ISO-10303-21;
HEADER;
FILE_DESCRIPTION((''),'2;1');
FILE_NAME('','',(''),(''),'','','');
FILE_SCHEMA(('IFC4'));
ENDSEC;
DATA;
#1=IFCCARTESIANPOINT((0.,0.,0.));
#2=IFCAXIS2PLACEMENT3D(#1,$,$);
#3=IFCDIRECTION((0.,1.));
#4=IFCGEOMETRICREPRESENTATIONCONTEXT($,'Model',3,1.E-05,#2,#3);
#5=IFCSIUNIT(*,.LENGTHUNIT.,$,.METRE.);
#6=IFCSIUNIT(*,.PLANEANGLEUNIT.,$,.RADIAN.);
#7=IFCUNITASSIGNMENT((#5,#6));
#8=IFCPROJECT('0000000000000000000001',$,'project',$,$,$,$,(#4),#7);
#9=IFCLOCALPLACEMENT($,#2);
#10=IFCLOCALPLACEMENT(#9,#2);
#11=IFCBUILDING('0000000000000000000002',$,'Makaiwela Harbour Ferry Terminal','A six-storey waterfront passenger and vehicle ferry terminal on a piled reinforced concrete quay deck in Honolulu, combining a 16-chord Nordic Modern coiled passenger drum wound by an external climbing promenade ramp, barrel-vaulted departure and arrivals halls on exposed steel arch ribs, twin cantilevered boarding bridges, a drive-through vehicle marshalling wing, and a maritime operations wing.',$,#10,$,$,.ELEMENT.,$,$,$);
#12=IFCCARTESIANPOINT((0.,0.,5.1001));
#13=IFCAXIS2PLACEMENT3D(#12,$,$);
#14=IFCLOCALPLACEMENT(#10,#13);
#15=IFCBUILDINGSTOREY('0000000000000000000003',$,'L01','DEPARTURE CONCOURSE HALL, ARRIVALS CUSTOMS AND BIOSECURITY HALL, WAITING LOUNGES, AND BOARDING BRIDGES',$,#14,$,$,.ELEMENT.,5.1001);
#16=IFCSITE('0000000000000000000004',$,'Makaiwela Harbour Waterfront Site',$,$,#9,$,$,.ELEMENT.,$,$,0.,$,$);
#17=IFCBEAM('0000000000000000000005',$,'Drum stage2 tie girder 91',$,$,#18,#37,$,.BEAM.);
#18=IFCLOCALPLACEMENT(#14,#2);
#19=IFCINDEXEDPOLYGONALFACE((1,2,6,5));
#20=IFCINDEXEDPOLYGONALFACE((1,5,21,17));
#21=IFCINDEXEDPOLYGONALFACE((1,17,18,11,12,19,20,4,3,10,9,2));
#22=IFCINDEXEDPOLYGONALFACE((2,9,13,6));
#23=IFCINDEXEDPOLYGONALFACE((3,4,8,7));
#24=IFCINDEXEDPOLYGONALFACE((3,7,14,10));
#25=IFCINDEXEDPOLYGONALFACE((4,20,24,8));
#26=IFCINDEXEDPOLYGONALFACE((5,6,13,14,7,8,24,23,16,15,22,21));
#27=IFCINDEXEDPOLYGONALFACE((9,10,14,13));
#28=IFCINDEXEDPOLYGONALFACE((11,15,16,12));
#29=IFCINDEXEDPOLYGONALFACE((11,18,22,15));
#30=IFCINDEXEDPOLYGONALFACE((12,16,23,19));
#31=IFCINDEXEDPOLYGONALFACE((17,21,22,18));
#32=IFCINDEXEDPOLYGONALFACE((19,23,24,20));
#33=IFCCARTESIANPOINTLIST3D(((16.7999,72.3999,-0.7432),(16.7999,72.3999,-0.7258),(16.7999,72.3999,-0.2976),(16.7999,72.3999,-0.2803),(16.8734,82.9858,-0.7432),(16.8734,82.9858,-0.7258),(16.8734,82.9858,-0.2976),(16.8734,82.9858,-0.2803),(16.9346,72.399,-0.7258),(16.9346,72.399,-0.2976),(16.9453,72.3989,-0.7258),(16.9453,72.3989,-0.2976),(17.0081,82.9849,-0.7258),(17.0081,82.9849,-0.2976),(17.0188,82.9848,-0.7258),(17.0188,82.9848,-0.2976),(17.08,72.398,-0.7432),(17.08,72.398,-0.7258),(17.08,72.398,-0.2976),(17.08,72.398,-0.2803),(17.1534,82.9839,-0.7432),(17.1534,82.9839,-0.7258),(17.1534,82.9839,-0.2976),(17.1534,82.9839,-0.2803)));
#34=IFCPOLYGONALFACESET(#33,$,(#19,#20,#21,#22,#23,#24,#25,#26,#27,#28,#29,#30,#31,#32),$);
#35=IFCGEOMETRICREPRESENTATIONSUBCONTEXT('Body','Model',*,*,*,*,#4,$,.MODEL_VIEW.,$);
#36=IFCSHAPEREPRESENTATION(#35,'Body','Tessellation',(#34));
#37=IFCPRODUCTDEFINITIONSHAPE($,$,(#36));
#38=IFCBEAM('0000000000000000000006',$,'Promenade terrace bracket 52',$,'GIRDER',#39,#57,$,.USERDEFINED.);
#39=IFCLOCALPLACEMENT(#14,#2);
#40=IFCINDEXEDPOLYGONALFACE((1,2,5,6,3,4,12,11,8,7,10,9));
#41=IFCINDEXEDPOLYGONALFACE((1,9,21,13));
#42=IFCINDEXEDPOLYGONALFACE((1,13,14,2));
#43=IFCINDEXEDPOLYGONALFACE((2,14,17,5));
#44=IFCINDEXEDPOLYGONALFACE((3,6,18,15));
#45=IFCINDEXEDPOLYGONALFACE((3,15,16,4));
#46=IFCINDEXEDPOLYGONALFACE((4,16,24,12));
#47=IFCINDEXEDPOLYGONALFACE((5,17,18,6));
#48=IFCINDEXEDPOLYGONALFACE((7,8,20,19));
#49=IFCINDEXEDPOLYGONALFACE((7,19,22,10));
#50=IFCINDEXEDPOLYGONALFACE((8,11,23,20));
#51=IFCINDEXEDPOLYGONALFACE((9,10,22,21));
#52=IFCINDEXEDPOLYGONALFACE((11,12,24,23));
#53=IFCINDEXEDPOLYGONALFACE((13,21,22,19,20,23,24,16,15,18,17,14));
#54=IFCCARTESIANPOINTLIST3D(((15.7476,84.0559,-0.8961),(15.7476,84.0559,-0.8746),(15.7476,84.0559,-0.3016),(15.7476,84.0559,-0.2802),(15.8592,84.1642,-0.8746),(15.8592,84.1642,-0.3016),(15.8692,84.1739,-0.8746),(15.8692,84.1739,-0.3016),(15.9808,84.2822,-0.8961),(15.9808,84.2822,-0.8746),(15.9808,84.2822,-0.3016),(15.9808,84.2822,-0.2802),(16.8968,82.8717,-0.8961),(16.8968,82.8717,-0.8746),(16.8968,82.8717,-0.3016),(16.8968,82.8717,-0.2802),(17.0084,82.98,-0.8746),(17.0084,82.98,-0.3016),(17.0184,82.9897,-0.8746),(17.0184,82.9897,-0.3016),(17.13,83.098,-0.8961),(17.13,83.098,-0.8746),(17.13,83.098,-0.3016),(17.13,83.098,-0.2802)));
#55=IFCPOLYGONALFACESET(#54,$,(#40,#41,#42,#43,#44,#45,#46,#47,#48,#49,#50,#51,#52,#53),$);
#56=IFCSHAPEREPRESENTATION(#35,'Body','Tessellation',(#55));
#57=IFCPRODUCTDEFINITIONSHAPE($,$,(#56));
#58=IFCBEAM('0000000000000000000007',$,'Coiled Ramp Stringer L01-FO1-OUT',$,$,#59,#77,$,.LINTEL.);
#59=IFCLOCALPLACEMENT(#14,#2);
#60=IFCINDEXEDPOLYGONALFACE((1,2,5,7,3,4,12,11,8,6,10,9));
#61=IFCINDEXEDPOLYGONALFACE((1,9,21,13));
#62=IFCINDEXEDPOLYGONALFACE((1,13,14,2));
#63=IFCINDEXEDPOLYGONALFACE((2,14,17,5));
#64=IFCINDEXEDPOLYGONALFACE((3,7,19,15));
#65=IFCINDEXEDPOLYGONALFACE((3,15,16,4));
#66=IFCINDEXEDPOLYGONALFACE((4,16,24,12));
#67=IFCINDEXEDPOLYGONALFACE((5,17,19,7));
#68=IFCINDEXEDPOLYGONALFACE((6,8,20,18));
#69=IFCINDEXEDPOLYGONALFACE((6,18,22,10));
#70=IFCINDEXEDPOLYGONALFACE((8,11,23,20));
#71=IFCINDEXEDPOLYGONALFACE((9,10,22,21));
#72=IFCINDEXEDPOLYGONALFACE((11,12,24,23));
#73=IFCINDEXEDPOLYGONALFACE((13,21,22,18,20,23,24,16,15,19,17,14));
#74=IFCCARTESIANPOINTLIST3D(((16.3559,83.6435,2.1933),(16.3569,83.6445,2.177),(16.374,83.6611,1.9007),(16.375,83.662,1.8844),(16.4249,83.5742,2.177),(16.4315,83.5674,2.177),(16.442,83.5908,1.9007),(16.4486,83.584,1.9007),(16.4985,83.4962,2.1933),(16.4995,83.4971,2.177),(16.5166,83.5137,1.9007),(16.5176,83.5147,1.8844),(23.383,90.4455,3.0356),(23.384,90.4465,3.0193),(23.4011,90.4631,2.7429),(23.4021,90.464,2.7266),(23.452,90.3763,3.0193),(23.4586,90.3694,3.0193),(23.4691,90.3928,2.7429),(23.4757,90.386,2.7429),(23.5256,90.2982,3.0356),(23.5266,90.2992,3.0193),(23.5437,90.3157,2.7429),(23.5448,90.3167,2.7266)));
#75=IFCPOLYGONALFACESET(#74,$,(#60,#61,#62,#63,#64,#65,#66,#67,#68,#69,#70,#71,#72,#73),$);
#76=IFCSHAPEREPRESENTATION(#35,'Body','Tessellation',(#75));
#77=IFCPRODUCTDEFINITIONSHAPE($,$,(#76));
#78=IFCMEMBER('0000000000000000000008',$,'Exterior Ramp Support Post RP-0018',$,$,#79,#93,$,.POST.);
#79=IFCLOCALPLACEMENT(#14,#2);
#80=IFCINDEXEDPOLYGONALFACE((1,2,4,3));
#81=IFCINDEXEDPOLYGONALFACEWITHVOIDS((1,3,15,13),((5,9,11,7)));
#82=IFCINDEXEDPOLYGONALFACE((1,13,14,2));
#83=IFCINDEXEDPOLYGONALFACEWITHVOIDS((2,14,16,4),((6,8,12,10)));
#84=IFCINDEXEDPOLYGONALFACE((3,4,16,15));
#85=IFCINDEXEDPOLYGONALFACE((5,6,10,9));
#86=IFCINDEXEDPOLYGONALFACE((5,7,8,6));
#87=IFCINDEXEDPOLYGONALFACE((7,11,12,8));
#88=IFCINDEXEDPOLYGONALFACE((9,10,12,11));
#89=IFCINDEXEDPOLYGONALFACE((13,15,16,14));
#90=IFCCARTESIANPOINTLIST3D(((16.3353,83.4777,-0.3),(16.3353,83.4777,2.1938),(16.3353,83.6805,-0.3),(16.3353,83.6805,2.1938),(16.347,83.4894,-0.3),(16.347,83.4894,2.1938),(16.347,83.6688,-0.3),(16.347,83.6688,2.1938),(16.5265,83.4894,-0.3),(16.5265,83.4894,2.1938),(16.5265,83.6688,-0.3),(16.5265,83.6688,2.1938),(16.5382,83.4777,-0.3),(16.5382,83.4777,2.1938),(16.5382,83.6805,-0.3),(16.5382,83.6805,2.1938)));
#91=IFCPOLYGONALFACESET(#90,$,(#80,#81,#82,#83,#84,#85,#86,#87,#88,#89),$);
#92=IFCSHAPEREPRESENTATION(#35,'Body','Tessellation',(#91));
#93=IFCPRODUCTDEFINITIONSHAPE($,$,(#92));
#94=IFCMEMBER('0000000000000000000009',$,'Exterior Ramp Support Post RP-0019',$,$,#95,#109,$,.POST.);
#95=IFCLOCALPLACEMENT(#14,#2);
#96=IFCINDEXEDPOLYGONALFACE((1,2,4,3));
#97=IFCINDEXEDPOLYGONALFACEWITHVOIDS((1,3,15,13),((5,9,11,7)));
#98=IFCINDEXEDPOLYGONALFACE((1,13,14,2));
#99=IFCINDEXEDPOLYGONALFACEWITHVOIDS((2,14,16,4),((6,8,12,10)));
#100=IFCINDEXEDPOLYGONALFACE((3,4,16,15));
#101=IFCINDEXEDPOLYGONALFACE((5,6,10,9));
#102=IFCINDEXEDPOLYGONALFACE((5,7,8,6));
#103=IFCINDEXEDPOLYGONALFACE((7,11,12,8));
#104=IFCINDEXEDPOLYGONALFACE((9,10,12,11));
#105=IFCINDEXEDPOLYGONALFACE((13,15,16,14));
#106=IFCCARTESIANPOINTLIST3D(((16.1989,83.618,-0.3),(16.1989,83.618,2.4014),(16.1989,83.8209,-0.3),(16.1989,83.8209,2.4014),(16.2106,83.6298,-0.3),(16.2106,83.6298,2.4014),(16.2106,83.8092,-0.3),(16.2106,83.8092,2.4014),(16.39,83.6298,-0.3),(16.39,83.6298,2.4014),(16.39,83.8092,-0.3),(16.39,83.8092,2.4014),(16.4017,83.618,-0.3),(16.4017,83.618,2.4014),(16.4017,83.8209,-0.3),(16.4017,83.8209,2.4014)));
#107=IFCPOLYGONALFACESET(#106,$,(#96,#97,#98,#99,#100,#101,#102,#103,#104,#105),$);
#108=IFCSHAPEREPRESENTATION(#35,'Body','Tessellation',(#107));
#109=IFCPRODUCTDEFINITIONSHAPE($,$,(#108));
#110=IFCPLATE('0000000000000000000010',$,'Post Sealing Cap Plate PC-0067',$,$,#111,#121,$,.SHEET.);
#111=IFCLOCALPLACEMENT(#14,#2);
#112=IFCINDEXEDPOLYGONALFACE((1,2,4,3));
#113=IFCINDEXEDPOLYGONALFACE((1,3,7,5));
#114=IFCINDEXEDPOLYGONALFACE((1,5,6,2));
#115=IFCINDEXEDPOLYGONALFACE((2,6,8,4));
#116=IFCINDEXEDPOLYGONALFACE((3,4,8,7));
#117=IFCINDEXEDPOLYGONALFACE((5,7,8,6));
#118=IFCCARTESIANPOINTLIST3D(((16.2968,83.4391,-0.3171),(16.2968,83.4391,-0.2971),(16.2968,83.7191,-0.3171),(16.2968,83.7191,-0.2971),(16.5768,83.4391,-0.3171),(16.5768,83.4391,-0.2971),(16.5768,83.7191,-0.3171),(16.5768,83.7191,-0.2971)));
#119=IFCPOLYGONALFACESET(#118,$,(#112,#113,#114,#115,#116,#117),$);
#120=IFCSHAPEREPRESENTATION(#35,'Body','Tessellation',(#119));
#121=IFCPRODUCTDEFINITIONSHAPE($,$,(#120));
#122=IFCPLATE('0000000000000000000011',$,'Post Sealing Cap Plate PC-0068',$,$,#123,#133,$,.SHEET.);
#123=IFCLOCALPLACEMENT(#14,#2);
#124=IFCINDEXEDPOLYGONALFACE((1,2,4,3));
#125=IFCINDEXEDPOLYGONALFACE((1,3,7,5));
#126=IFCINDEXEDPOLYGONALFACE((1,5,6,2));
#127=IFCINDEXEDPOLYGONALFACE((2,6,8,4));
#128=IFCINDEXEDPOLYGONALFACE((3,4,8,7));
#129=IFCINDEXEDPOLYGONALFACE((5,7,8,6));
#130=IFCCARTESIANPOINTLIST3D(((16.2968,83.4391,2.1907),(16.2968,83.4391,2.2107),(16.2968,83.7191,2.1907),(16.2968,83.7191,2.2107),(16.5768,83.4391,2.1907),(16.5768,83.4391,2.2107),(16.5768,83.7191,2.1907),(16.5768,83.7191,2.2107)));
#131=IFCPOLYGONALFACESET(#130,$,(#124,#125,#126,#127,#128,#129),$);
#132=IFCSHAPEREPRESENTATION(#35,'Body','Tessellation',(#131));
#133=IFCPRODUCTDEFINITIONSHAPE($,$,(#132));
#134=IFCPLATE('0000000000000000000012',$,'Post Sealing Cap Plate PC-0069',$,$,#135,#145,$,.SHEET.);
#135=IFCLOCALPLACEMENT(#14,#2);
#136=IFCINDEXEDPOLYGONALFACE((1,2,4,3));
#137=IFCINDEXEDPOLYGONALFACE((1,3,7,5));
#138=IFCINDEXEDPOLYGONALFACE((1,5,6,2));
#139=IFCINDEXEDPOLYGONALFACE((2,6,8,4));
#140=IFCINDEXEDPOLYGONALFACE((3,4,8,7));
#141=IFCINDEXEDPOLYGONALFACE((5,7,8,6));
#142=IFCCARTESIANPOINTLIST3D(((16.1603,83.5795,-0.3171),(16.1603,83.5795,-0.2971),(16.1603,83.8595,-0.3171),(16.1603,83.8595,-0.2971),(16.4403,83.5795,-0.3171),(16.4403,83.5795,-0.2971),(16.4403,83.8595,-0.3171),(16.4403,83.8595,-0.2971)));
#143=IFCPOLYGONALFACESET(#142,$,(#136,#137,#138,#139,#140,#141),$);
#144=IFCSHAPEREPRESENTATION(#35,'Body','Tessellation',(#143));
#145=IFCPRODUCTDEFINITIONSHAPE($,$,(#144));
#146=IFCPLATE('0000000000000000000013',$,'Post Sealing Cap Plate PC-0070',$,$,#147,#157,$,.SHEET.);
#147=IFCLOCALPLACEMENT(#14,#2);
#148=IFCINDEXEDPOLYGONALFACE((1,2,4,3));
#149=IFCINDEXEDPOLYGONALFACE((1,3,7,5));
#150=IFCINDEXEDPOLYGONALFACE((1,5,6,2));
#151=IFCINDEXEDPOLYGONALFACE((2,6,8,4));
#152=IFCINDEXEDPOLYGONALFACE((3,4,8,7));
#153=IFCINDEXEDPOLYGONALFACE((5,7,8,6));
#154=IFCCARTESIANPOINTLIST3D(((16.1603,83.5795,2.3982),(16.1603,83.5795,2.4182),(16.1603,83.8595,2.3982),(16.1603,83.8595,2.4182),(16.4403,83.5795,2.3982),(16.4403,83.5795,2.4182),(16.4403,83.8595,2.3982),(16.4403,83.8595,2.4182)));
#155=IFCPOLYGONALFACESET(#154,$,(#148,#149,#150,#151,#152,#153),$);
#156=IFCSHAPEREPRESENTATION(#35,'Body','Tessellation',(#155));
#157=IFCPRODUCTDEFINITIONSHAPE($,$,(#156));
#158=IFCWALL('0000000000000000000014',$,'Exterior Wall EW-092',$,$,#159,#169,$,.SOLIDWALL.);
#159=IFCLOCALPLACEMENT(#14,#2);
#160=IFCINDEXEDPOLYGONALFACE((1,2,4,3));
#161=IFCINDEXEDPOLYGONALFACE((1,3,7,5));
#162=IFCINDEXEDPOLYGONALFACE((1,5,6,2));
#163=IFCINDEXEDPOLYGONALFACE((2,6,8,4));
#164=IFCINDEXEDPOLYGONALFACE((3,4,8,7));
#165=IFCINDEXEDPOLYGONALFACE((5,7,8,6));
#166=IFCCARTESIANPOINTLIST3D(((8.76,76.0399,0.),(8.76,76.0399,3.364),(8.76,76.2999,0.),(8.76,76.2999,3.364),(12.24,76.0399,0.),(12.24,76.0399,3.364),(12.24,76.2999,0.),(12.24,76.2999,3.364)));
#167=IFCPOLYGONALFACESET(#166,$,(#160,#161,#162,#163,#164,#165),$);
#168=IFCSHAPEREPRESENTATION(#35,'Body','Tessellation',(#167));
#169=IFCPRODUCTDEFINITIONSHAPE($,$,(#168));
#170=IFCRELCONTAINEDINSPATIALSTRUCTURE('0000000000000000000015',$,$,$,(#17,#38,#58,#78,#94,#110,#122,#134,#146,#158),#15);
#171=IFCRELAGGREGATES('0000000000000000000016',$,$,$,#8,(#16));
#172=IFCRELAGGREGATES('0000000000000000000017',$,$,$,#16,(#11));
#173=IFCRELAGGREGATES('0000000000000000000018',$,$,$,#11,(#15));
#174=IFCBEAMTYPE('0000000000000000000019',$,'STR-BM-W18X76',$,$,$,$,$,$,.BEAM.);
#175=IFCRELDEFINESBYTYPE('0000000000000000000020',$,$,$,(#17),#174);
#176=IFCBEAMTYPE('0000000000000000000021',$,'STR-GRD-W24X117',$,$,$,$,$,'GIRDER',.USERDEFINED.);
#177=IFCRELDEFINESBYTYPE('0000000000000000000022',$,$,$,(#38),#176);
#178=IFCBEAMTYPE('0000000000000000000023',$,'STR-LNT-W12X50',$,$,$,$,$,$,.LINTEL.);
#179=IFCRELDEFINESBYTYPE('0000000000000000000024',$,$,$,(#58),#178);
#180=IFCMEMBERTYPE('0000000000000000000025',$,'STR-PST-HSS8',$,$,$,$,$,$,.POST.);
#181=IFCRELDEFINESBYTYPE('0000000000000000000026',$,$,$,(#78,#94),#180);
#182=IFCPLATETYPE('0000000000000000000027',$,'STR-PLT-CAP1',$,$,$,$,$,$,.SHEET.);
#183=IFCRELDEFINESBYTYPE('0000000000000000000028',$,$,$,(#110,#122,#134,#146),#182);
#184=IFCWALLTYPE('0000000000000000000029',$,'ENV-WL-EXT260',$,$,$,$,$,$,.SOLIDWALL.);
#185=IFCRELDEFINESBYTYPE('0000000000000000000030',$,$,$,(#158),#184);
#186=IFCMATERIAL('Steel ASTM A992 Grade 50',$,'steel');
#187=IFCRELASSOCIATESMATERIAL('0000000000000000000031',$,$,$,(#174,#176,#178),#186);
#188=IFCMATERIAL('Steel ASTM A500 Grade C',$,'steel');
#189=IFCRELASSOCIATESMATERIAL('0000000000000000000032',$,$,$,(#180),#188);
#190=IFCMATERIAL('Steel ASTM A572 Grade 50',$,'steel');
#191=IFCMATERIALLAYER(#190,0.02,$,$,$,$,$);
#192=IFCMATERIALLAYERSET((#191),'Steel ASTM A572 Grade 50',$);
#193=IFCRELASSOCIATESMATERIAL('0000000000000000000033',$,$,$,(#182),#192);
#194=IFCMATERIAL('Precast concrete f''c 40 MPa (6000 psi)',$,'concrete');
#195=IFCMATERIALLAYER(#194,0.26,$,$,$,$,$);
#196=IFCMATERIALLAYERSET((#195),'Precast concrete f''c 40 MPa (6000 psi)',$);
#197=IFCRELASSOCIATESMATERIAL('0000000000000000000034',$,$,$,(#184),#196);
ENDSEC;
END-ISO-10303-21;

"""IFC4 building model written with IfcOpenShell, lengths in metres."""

from ifc_helpers import new_model, si_unit, direction, frame, frame_2d, origin, origin_2d, place, context, subcontext, project, spatial, rectangle, hollow_rectangle, i_section, extrude, material, layer, layer_set, material_profile, profile_set, type_object, element, save


model = new_model("IFC4")

# Units and contexts
model_context = context("Model", 3, precision=1e-05, world=origin(), true_north=direction((0.0, 1.0)))
body_context = subcontext(model_context, "Body", "Model", "MODEL_VIEW")
ifc_project = project(units=[si_unit("LENGTHUNIT", "METRE"), si_unit("PLANEANGLEUNIT", "RADIAN")], contexts=[model_context])

# Site, building, storey
site_placement = place(None, origin())
site = spatial("IfcSite", under=ifc_project, at=site_placement, Name="Makaiwela Harbour Waterfront Site", CompositionType="ELEMENT", RefElevation=0.0)
building_placement = place(site_placement, origin())
building = spatial("IfcBuilding", under=site, at=building_placement, Name="Makaiwela Harbour Ferry Terminal", Description="A six-storey waterfront passenger and vehicle ferry terminal on a piled reinforced concrete quay deck in Honolulu, combining a 16-chord Nordic Modern coiled passenger drum wound by an external climbing promenade ramp, barrel-vaulted departure and arrivals halls on exposed steel arch ribs, twin cantilevered boarding bridges, a drive-through vehicle marshalling wing, and a maritime operations wing.", CompositionType="ELEMENT")
storey_placement = place(building_placement, frame((0.0, 0.0, 5.1001)))
storey = spatial("IfcBuildingStorey", under=building, at=storey_placement, Name="L01", Description="DEPARTURE CONCOURSE HALL, ARRIVALS CUSTOMS AND BIOSECURITY HALL, WAITING LOUNGES, AND BOARDING BRIDGES", CompositionType="ELEMENT", Elevation=5.1001)

# Beams
ifc_material_1 = material(Name="Steel ASTM A992 Grade 50", Category="steel")
ifc_material_profile_1 = material_profile(ifc_material_1, i_section(OverallWidth=0.28, OverallDepth=0.4629, WebThickness=0.0107, FlangeThickness=0.0173, at=origin_2d()), Name="W18X76")
ifc_profile_set_1 = profile_set([ifc_material_profile_1], Name="Steel ASTM A992 Grade 50")
beam_type_1 = type_object("IfcBeamType", Name="STR-BM-W18X76", PredefinedType="BEAM", material=ifc_profile_set_1)
beam_1_placement = place(storey_placement, frame((17.0134, 82.9849, -0.5117), z_axis=(-0.006942, -0.999976, 0.0), x_axis=(0.999976, -0.006942, 0.0)))
element("IfcBeam", 1, at=beam_1_placement, inside=storey, type_object=beam_type_1, Name="Drum stage2 tie girder 91", PredefinedType="BEAM", context=body_context, shape_type="SweptSolid", body=[
    extrude(i_section(OverallWidth=0.28, OverallDepth=0.4629, WebThickness=0.0107, FlangeThickness=0.0173, at=origin_2d()), origin(), (0.0, 0.0, 1.0), 10.5862),
])
ifc_material_profile_2 = material_profile(ifc_material_1, i_section(OverallWidth=0.325, OverallDepth=0.616, WebThickness=0.0139, FlangeThickness=0.0215, at=origin_2d()), Name="W24X117")
ifc_profile_set_2 = profile_set([ifc_material_profile_2], Name="Steel ASTM A992 Grade 50")
beam_type_2 = type_object("IfcBeamType", Name="STR-GRD-W24X117", ElementType="GIRDER", PredefinedType="USERDEFINED", material=ifc_profile_set_2)
beam_2_placement = place(storey_placement, frame((17.0134, 82.9849, -0.5881), z_axis=(-0.696448, 0.717607, 0.0), x_axis=(-0.717607, -0.696448, 0.0)))
element("IfcBeam", 2, at=beam_2_placement, inside=storey, type_object=beam_type_2, Name="Promenade terrace bracket 52", ObjectType="GIRDER", PredefinedType="USERDEFINED", context=body_context, shape_type="SweptSolid", body=[
    extrude(i_section(OverallWidth=0.325, OverallDepth=0.616, WebThickness=0.0139, FlangeThickness=0.0215, at=origin_2d()), origin(), (0.0, 0.0, 1.0), 1.6501),
])
ifc_material_profile_3 = material_profile(ifc_material_1, i_section(OverallWidth=0.2051, OverallDepth=0.3101, WebThickness=0.0095, FlangeThickness=0.0164, at=origin_2d()), Name="W12X50")
ifc_profile_set_3 = profile_set([ifc_material_profile_3], Name="Steel ASTM A992 Grade 50")
beam_type_3 = type_object("IfcBeamType", Name="STR-LNT-W12X50", PredefinedType="LINTEL", material=ifc_profile_set_3)
beam_3_placement = place(storey_placement, frame((16.4368, 83.5791, 2.0388), z_axis=(0.715871, 0.69294, 0.085806), x_axis=(-0.695505, 0.718521, 0.0)))
element("IfcBeam", 3, at=beam_3_placement, inside=storey, type_object=beam_type_3, Name="Coiled Ramp Stringer L01-FO1-OUT", PredefinedType="LINTEL", context=body_context, shape_type="SweptSolid", body=[
    extrude(i_section(OverallWidth=0.2051, OverallDepth=0.3101, WebThickness=0.0095, FlangeThickness=0.0164, at=origin_2d()), origin(), (0.0, 0.0, 1.0), 9.8162),
])

# Members
ifc_material_2 = material(Name="Steel ASTM A500 Grade C", Category="steel")
ifc_material_profile_4 = material_profile(ifc_material_2, hollow_rectangle(XDim=0.2029, YDim=0.2029, WallThickness=0.0117, at=origin_2d()), Name="HSS8X8X1/2")
ifc_profile_set_4 = profile_set([ifc_material_profile_4], Name="Steel ASTM A500 Grade C")
member_type = type_object("IfcMemberType", Name="STR-PST-HSS8", PredefinedType="POST", material=ifc_profile_set_4)
member_1_placement = place(storey_placement, frame((16.4368, 83.5791, -0.3), z_axis=(0.0, 0.0, 1.0), x_axis=(1.0, 0.0, 0.0)))
element("IfcMember", 4, at=member_1_placement, inside=storey, type_object=member_type, Name="Exterior Ramp Support Post RP-0018", PredefinedType="POST", context=body_context, shape_type="SweptSolid", body=[
    extrude(hollow_rectangle(XDim=0.2029, YDim=0.2029, WallThickness=0.0117, at=origin_2d()), origin(), (0.0, 0.0, 1.0), 2.4939),
])
member_2_placement = place(storey_placement, frame((16.3003, 83.7195, -0.3), z_axis=(0.0, 0.0, 1.0), x_axis=(1.0, 0.0, 0.0)))
element("IfcMember", 5, at=member_2_placement, inside=storey, type_object=member_type, Name="Exterior Ramp Support Post RP-0019", PredefinedType="POST", context=body_context, shape_type="SweptSolid", body=[
    extrude(hollow_rectangle(XDim=0.2029, YDim=0.2029, WallThickness=0.0117, at=origin_2d()), origin(), (0.0, 0.0, 1.0), 2.7014),
])

# Plates
ifc_material_3 = material(Name="Steel ASTM A572 Grade 50", Category="steel")
ifc_layer_1 = layer(ifc_material_3, 0.02)
ifc_layer_set_1 = layer_set([ifc_layer_1], Name="Steel ASTM A572 Grade 50")
plate_type = type_object("IfcPlateType", Name="STR-PLT-CAP1", PredefinedType="SHEET", material=ifc_layer_set_1)
for number, where, z_axis, x_axis, name in (
    (6, (16.4368, 83.5791, -0.3171), (0.0, 0.0, 1.0), (1.0, 0.0, 0.0), "Post Sealing Cap Plate PC-0067"),
    (7, (16.4368, 83.5791, 2.1907), (0.0, 0.0, 1.0), (1.0, 0.0, 0.0), "Post Sealing Cap Plate PC-0068"),
    (8, (16.3003, 83.7195, -0.3171), (0.0, 0.0, 1.0), (1.0, 0.0, 0.0), "Post Sealing Cap Plate PC-0069"),
    (9, (16.3003, 83.7195, 2.3982), (0.0, 0.0, 1.0), (1.0, 0.0, 0.0), "Post Sealing Cap Plate PC-0070"),
):
    element("IfcPlate", number, at=place(storey_placement, frame(where, z_axis=z_axis, x_axis=x_axis)), inside=storey, type_object=plate_type, Name=name, PredefinedType="SHEET", context=body_context, shape_type="SweptSolid", body=[
        extrude(rectangle(XDim=0.28, YDim=0.28, at=origin_2d()), origin(), (0.0, 0.0, 1.0), 0.02),
    ])

# Wall
ifc_material_4 = material(Name="Precast concrete f'c 40 MPa (6000 psi)", Category="concrete")
ifc_layer_2 = layer(ifc_material_4, 0.26)
ifc_layer_set_2 = layer_set([ifc_layer_2], Name="Precast concrete f'c 40 MPa (6000 psi)")
wall_type_1 = type_object("IfcWallType", Name="ENV-WL-EXT260", PredefinedType="SOLIDWALL", material=ifc_layer_set_2)
wall_1_placement = place(storey_placement, frame((8.76, 76.1699, 0.0), z_axis=(0.0, 0.0, 1.0), x_axis=(1.0, 0.0, 0.0)))
element("IfcWall", 10, at=wall_1_placement, inside=storey, type_object=wall_type_1, Name="Exterior Wall EW-092", PredefinedType="SOLIDWALL", context=body_context, shape_type="SweptSolid", body=[
    extrude(rectangle(XDim=3.48, YDim=0.26, at=frame_2d((1.74, 0.0))), origin(), (0.0, 0.0, 1.0), 3.364),
])

save(model, "model.ifc")
